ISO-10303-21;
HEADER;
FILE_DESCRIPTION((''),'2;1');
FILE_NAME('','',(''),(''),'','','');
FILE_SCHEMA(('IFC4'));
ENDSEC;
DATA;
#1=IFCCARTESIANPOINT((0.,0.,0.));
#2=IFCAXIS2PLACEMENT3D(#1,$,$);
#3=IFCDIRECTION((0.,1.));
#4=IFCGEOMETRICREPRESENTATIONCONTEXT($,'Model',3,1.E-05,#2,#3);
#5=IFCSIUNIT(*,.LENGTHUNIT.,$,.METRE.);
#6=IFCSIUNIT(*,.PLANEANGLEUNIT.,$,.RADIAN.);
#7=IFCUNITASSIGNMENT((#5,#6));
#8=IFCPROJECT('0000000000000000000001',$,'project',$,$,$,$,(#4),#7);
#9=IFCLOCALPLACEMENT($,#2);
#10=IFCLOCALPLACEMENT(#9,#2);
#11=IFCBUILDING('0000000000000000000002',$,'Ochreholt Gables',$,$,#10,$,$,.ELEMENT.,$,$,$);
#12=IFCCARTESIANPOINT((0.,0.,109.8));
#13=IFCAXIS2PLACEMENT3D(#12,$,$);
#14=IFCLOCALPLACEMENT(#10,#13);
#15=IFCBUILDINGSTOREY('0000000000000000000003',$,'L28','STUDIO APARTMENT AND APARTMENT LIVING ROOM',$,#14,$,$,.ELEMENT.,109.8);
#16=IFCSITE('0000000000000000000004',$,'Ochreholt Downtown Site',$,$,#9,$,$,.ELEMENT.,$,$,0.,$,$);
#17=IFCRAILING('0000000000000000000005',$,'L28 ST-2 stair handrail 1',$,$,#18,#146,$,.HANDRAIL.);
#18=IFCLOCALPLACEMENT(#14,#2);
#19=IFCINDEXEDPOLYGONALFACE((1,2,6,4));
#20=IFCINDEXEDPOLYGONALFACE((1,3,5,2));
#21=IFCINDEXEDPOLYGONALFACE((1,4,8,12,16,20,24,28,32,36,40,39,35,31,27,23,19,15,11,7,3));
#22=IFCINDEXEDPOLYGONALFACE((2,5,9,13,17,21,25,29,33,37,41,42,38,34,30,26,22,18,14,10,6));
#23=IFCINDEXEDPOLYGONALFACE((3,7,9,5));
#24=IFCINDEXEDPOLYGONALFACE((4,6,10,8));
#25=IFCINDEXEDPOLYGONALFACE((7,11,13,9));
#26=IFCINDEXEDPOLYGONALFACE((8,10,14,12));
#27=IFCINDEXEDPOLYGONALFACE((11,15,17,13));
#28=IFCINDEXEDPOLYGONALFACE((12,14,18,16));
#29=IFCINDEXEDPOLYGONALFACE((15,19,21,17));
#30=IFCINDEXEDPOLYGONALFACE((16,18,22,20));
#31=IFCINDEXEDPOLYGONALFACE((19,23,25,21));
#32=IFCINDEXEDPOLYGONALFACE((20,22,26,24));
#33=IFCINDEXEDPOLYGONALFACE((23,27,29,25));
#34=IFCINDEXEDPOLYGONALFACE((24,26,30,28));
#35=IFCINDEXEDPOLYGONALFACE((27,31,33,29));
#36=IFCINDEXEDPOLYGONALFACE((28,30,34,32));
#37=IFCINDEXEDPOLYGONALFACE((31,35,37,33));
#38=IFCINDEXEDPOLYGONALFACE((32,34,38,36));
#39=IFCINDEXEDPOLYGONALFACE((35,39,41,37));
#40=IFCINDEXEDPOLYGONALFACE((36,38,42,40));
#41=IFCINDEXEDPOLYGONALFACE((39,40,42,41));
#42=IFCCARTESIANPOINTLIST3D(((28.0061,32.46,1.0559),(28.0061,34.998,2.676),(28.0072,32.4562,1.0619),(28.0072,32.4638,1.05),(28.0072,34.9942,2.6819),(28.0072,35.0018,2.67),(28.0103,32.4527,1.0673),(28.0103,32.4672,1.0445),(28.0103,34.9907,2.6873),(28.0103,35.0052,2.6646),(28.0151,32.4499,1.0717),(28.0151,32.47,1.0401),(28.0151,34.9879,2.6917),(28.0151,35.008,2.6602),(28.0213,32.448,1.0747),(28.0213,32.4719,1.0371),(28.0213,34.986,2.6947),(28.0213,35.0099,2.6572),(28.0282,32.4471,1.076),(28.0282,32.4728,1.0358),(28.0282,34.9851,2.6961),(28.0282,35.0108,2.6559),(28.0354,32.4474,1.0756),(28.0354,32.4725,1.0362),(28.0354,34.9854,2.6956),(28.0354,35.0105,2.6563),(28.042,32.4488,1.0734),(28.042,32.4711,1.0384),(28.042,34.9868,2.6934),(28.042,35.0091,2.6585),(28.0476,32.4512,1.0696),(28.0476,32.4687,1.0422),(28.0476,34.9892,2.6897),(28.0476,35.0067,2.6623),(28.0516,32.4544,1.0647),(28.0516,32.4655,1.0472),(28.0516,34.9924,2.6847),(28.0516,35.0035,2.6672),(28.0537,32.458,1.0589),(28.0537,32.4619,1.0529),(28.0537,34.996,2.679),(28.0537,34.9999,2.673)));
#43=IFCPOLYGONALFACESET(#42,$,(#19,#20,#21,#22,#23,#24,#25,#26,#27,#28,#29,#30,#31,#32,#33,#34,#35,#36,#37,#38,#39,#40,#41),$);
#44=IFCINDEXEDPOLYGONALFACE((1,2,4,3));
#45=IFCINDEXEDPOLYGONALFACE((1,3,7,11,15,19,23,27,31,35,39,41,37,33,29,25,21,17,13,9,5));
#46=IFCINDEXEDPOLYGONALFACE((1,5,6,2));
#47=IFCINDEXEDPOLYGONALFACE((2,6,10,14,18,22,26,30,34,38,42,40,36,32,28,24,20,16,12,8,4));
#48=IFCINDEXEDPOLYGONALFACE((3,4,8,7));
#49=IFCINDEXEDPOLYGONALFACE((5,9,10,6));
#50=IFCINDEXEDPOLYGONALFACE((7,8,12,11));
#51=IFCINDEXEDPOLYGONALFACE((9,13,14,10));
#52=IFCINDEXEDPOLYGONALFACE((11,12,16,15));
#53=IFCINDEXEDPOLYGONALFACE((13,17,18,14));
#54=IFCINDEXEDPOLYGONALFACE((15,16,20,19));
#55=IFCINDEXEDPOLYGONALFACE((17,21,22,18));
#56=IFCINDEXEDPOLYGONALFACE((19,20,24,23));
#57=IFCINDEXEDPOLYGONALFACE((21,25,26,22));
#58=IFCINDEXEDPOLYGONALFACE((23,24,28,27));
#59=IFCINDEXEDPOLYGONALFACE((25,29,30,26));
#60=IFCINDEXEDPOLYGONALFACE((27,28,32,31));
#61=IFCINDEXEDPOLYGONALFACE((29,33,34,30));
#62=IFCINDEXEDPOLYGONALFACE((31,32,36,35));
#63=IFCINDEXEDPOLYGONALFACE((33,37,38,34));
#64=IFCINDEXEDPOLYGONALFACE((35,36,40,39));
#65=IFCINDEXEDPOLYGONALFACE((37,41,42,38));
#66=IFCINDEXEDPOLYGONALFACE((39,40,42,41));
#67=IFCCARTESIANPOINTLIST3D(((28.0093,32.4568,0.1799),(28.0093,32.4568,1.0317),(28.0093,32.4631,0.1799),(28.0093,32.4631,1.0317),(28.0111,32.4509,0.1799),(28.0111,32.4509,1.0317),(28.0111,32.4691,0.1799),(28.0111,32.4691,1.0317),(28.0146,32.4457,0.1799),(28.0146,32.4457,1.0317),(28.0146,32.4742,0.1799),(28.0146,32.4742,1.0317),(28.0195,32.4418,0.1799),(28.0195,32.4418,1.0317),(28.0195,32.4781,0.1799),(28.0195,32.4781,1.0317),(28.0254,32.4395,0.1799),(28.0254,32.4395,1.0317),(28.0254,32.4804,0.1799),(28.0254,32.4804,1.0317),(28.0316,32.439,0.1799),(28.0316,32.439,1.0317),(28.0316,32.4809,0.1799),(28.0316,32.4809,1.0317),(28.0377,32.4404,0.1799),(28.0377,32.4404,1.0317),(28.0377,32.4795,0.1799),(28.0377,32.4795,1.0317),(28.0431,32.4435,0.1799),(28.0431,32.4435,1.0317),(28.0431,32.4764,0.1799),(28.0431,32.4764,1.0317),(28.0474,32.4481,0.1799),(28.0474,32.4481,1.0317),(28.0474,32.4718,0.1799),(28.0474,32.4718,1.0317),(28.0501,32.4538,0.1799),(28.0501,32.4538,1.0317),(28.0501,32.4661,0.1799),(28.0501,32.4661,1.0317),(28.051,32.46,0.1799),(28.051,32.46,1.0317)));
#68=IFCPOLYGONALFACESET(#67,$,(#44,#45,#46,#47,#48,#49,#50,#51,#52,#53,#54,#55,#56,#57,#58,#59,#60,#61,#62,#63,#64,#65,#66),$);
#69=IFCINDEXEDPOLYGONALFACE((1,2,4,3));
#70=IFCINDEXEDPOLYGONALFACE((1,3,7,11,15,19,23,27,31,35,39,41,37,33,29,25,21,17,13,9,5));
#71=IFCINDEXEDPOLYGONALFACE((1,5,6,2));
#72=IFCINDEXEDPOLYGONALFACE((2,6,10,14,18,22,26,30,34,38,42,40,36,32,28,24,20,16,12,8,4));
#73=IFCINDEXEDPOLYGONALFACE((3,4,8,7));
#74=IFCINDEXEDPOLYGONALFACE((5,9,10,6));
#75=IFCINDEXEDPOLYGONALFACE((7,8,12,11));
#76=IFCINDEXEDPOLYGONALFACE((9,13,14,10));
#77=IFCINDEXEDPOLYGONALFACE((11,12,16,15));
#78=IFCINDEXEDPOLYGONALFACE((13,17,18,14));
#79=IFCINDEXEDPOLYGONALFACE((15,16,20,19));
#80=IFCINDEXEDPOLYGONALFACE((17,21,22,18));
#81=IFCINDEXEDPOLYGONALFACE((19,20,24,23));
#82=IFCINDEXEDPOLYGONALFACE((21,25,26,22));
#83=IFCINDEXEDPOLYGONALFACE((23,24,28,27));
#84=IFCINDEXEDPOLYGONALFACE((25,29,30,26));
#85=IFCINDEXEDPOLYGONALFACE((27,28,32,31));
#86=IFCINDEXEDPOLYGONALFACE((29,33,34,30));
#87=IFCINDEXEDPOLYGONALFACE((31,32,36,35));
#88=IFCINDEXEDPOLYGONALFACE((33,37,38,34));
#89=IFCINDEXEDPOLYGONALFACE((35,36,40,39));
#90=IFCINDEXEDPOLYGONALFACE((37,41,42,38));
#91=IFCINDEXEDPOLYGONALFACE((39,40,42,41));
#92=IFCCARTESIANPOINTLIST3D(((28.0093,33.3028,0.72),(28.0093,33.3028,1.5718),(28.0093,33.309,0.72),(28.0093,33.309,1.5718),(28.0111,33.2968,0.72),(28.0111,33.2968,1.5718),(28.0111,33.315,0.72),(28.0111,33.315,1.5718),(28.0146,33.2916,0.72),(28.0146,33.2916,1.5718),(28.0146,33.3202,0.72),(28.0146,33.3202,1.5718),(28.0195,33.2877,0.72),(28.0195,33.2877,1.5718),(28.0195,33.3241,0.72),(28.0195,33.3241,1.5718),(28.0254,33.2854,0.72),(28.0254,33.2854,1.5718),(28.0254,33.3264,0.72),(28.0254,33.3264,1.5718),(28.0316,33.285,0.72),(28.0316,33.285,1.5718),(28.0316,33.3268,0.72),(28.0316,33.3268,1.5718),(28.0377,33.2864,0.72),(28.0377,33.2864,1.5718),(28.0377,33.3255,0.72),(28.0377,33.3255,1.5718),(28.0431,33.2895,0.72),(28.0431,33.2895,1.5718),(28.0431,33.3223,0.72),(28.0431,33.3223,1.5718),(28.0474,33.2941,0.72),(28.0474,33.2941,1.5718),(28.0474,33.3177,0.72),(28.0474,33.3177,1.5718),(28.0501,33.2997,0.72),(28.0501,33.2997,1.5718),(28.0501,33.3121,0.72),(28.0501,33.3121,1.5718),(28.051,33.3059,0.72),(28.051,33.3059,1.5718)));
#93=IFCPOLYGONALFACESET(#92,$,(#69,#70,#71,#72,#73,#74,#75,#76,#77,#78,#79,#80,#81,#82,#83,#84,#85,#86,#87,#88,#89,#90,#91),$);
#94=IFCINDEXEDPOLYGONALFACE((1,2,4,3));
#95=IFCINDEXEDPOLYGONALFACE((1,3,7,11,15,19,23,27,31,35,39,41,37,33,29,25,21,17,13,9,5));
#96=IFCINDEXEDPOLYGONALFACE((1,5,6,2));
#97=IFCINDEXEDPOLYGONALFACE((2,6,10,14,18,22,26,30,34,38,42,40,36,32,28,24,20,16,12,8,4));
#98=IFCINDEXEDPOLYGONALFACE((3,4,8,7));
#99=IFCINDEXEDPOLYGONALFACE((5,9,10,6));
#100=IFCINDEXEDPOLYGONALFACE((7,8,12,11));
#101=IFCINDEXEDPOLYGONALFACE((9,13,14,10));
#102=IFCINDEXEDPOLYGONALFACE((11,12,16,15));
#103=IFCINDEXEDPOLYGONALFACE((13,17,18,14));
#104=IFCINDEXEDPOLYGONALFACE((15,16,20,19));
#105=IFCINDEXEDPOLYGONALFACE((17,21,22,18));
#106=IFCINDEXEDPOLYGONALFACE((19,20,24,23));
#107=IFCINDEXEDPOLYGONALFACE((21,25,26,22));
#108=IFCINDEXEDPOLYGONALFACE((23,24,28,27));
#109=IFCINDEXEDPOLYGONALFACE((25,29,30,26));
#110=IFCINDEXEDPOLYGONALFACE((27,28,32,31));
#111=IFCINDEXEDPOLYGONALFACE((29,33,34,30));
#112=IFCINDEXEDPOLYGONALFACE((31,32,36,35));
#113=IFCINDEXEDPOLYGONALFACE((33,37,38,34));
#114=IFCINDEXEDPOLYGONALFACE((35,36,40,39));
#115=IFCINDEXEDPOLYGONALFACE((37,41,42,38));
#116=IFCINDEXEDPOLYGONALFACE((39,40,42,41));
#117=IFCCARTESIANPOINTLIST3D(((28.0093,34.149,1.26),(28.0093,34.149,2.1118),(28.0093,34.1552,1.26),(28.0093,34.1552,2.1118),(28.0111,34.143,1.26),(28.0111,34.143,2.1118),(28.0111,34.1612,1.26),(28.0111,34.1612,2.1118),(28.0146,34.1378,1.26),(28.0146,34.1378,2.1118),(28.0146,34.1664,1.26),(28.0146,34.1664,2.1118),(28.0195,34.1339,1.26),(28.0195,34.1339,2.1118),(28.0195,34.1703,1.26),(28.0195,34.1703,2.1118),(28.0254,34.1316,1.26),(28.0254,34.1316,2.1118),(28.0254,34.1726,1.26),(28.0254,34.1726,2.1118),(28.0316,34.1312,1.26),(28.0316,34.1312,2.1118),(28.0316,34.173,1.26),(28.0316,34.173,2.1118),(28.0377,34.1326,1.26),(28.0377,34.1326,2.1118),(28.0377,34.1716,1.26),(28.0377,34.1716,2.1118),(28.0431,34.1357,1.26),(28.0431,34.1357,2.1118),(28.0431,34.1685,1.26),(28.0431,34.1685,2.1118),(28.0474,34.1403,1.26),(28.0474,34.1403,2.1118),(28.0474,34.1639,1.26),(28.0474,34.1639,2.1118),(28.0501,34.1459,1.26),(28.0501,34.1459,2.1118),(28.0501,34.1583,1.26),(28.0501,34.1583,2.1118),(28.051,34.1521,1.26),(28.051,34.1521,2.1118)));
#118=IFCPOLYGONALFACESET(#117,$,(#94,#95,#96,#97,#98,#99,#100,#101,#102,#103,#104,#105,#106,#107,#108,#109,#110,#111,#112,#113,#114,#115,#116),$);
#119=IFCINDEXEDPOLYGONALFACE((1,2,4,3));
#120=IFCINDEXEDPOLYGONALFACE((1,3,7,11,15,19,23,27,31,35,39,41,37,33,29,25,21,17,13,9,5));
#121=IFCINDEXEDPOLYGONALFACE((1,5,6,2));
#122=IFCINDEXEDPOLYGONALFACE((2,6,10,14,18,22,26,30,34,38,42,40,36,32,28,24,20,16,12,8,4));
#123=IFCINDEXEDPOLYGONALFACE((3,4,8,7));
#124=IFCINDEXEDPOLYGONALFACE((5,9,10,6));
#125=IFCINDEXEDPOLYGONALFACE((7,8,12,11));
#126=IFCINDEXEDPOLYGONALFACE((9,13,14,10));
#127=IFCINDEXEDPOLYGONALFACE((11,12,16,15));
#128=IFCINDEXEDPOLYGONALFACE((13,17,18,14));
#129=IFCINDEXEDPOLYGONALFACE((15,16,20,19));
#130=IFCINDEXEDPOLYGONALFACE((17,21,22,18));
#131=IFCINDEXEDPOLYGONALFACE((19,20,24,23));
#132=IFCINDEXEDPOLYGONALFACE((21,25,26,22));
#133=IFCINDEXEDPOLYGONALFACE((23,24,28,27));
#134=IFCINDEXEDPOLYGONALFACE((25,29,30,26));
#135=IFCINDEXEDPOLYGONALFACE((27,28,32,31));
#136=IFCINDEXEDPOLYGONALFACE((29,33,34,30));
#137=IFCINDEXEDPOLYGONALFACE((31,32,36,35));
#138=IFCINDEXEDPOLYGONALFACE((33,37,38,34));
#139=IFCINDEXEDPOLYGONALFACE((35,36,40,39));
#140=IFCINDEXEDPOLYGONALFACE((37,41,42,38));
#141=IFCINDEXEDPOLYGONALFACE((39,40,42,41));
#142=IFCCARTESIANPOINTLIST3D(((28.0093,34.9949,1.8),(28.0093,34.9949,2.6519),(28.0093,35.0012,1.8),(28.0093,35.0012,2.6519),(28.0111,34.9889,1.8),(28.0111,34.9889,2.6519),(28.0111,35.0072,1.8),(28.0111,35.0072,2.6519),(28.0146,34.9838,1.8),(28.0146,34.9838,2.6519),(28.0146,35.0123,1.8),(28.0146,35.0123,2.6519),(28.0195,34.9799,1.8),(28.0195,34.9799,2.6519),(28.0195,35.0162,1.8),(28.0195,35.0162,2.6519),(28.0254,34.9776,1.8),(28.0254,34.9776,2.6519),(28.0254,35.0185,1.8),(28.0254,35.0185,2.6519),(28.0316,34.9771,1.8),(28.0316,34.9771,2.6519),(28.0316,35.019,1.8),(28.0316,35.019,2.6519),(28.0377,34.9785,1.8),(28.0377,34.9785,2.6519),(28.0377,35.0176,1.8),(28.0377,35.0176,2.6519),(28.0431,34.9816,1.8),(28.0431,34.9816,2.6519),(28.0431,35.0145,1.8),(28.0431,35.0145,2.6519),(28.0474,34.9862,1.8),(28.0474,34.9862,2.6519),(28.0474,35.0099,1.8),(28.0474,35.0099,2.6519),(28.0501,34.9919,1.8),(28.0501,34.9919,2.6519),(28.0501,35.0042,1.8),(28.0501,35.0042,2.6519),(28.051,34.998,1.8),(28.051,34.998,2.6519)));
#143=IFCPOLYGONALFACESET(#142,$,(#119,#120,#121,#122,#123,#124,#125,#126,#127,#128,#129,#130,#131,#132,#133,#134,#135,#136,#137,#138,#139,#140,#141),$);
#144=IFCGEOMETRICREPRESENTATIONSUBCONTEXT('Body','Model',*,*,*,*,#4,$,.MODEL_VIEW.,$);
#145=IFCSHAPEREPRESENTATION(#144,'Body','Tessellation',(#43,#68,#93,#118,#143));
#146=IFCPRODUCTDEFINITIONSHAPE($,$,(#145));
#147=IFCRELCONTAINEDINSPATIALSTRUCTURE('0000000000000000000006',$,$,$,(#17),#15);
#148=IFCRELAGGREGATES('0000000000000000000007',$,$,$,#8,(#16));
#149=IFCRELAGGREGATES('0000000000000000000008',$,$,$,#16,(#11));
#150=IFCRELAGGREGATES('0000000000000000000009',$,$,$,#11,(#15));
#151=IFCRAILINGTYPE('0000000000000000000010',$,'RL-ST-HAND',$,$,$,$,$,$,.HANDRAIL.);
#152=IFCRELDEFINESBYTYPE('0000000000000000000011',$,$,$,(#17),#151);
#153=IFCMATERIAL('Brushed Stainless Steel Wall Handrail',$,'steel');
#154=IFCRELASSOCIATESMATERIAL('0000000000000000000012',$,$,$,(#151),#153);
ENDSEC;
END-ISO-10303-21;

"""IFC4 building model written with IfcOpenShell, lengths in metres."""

from ifc_helpers import new_model, si_unit, direction, frame, origin, origin_2d, place, context, subcontext, project, spatial, circle, extrude, material, type_object, element, save


model = new_model("IFC4")

# Units and contexts
model_context = context("Model", 3, precision=1e-05, world=origin(), true_north=direction((0.0, 1.0)))
body_context = subcontext(model_context, "Body", "Model", "MODEL_VIEW")
ifc_project = project(units=[si_unit("LENGTHUNIT", "METRE"), si_unit("PLANEANGLEUNIT", "RADIAN")], contexts=[model_context])

# Site, building, storey
site_placement = place(None, origin())
site = spatial("IfcSite", under=ifc_project, at=site_placement, Name="Ochreholt Downtown Site", CompositionType="ELEMENT", RefElevation=0.0)
building_placement = place(site_placement, origin())
building = spatial("IfcBuilding", under=site, at=building_placement, Name="Ochreholt Gables", CompositionType="ELEMENT")
storey_placement = place(building_placement, frame((0.0, 0.0, 109.8)))
storey = spatial("IfcBuildingStorey", under=building, at=storey_placement, Name="L28", Description="STUDIO APARTMENT AND APARTMENT LIVING ROOM", CompositionType="ELEMENT", Elevation=109.8)

# Railing
ifc_material_1 = material(Name="Brushed Stainless Steel Wall Handrail", Category="steel")
railing_type_1 = type_object("IfcRailingType", Name="RL-ST-HAND", PredefinedType="HANDRAIL", material=ifc_material_1)
railing_1_placement = place(storey_placement, frame((28.03, 32.46, 0.1799)))
element("IfcRailing", 1, at=railing_1_placement, inside=storey, type_object=railing_type_1, Name="L28 ST-2 stair handrail 1", PredefinedType="HANDRAIL", context=body_context, shape_type="SweptSolid", body=[
    extrude(circle(Radius=0.0239, at=origin_2d()), frame((0.0, 0.0, 0.876), z_axis=(0.0, 0.842913, 0.53805), x_axis=(-1.0, 0.0, 0.0)), (0.0, 0.0, 1.0), 3.011),
    extrude(circle(Radius=0.021, at=origin_2d()), origin(), (0.0, 0.0, 1.0), 0.8518),
    extrude(circle(Radius=0.021, at=origin_2d()), frame((0.0, 0.8459, 0.54)), (0.0, 0.0, 1.0), 0.8518),
    extrude(circle(Radius=0.021, at=origin_2d()), frame((0.0, 1.6921, 1.0801)), (0.0, 0.0, 1.0), 0.8518),
    extrude(circle(Radius=0.021, at=origin_2d()), frame((0.0, 2.5381, 1.6201)), (0.0, 0.0, 1.0), 0.8518),
])

save(model, "model.ifc")
